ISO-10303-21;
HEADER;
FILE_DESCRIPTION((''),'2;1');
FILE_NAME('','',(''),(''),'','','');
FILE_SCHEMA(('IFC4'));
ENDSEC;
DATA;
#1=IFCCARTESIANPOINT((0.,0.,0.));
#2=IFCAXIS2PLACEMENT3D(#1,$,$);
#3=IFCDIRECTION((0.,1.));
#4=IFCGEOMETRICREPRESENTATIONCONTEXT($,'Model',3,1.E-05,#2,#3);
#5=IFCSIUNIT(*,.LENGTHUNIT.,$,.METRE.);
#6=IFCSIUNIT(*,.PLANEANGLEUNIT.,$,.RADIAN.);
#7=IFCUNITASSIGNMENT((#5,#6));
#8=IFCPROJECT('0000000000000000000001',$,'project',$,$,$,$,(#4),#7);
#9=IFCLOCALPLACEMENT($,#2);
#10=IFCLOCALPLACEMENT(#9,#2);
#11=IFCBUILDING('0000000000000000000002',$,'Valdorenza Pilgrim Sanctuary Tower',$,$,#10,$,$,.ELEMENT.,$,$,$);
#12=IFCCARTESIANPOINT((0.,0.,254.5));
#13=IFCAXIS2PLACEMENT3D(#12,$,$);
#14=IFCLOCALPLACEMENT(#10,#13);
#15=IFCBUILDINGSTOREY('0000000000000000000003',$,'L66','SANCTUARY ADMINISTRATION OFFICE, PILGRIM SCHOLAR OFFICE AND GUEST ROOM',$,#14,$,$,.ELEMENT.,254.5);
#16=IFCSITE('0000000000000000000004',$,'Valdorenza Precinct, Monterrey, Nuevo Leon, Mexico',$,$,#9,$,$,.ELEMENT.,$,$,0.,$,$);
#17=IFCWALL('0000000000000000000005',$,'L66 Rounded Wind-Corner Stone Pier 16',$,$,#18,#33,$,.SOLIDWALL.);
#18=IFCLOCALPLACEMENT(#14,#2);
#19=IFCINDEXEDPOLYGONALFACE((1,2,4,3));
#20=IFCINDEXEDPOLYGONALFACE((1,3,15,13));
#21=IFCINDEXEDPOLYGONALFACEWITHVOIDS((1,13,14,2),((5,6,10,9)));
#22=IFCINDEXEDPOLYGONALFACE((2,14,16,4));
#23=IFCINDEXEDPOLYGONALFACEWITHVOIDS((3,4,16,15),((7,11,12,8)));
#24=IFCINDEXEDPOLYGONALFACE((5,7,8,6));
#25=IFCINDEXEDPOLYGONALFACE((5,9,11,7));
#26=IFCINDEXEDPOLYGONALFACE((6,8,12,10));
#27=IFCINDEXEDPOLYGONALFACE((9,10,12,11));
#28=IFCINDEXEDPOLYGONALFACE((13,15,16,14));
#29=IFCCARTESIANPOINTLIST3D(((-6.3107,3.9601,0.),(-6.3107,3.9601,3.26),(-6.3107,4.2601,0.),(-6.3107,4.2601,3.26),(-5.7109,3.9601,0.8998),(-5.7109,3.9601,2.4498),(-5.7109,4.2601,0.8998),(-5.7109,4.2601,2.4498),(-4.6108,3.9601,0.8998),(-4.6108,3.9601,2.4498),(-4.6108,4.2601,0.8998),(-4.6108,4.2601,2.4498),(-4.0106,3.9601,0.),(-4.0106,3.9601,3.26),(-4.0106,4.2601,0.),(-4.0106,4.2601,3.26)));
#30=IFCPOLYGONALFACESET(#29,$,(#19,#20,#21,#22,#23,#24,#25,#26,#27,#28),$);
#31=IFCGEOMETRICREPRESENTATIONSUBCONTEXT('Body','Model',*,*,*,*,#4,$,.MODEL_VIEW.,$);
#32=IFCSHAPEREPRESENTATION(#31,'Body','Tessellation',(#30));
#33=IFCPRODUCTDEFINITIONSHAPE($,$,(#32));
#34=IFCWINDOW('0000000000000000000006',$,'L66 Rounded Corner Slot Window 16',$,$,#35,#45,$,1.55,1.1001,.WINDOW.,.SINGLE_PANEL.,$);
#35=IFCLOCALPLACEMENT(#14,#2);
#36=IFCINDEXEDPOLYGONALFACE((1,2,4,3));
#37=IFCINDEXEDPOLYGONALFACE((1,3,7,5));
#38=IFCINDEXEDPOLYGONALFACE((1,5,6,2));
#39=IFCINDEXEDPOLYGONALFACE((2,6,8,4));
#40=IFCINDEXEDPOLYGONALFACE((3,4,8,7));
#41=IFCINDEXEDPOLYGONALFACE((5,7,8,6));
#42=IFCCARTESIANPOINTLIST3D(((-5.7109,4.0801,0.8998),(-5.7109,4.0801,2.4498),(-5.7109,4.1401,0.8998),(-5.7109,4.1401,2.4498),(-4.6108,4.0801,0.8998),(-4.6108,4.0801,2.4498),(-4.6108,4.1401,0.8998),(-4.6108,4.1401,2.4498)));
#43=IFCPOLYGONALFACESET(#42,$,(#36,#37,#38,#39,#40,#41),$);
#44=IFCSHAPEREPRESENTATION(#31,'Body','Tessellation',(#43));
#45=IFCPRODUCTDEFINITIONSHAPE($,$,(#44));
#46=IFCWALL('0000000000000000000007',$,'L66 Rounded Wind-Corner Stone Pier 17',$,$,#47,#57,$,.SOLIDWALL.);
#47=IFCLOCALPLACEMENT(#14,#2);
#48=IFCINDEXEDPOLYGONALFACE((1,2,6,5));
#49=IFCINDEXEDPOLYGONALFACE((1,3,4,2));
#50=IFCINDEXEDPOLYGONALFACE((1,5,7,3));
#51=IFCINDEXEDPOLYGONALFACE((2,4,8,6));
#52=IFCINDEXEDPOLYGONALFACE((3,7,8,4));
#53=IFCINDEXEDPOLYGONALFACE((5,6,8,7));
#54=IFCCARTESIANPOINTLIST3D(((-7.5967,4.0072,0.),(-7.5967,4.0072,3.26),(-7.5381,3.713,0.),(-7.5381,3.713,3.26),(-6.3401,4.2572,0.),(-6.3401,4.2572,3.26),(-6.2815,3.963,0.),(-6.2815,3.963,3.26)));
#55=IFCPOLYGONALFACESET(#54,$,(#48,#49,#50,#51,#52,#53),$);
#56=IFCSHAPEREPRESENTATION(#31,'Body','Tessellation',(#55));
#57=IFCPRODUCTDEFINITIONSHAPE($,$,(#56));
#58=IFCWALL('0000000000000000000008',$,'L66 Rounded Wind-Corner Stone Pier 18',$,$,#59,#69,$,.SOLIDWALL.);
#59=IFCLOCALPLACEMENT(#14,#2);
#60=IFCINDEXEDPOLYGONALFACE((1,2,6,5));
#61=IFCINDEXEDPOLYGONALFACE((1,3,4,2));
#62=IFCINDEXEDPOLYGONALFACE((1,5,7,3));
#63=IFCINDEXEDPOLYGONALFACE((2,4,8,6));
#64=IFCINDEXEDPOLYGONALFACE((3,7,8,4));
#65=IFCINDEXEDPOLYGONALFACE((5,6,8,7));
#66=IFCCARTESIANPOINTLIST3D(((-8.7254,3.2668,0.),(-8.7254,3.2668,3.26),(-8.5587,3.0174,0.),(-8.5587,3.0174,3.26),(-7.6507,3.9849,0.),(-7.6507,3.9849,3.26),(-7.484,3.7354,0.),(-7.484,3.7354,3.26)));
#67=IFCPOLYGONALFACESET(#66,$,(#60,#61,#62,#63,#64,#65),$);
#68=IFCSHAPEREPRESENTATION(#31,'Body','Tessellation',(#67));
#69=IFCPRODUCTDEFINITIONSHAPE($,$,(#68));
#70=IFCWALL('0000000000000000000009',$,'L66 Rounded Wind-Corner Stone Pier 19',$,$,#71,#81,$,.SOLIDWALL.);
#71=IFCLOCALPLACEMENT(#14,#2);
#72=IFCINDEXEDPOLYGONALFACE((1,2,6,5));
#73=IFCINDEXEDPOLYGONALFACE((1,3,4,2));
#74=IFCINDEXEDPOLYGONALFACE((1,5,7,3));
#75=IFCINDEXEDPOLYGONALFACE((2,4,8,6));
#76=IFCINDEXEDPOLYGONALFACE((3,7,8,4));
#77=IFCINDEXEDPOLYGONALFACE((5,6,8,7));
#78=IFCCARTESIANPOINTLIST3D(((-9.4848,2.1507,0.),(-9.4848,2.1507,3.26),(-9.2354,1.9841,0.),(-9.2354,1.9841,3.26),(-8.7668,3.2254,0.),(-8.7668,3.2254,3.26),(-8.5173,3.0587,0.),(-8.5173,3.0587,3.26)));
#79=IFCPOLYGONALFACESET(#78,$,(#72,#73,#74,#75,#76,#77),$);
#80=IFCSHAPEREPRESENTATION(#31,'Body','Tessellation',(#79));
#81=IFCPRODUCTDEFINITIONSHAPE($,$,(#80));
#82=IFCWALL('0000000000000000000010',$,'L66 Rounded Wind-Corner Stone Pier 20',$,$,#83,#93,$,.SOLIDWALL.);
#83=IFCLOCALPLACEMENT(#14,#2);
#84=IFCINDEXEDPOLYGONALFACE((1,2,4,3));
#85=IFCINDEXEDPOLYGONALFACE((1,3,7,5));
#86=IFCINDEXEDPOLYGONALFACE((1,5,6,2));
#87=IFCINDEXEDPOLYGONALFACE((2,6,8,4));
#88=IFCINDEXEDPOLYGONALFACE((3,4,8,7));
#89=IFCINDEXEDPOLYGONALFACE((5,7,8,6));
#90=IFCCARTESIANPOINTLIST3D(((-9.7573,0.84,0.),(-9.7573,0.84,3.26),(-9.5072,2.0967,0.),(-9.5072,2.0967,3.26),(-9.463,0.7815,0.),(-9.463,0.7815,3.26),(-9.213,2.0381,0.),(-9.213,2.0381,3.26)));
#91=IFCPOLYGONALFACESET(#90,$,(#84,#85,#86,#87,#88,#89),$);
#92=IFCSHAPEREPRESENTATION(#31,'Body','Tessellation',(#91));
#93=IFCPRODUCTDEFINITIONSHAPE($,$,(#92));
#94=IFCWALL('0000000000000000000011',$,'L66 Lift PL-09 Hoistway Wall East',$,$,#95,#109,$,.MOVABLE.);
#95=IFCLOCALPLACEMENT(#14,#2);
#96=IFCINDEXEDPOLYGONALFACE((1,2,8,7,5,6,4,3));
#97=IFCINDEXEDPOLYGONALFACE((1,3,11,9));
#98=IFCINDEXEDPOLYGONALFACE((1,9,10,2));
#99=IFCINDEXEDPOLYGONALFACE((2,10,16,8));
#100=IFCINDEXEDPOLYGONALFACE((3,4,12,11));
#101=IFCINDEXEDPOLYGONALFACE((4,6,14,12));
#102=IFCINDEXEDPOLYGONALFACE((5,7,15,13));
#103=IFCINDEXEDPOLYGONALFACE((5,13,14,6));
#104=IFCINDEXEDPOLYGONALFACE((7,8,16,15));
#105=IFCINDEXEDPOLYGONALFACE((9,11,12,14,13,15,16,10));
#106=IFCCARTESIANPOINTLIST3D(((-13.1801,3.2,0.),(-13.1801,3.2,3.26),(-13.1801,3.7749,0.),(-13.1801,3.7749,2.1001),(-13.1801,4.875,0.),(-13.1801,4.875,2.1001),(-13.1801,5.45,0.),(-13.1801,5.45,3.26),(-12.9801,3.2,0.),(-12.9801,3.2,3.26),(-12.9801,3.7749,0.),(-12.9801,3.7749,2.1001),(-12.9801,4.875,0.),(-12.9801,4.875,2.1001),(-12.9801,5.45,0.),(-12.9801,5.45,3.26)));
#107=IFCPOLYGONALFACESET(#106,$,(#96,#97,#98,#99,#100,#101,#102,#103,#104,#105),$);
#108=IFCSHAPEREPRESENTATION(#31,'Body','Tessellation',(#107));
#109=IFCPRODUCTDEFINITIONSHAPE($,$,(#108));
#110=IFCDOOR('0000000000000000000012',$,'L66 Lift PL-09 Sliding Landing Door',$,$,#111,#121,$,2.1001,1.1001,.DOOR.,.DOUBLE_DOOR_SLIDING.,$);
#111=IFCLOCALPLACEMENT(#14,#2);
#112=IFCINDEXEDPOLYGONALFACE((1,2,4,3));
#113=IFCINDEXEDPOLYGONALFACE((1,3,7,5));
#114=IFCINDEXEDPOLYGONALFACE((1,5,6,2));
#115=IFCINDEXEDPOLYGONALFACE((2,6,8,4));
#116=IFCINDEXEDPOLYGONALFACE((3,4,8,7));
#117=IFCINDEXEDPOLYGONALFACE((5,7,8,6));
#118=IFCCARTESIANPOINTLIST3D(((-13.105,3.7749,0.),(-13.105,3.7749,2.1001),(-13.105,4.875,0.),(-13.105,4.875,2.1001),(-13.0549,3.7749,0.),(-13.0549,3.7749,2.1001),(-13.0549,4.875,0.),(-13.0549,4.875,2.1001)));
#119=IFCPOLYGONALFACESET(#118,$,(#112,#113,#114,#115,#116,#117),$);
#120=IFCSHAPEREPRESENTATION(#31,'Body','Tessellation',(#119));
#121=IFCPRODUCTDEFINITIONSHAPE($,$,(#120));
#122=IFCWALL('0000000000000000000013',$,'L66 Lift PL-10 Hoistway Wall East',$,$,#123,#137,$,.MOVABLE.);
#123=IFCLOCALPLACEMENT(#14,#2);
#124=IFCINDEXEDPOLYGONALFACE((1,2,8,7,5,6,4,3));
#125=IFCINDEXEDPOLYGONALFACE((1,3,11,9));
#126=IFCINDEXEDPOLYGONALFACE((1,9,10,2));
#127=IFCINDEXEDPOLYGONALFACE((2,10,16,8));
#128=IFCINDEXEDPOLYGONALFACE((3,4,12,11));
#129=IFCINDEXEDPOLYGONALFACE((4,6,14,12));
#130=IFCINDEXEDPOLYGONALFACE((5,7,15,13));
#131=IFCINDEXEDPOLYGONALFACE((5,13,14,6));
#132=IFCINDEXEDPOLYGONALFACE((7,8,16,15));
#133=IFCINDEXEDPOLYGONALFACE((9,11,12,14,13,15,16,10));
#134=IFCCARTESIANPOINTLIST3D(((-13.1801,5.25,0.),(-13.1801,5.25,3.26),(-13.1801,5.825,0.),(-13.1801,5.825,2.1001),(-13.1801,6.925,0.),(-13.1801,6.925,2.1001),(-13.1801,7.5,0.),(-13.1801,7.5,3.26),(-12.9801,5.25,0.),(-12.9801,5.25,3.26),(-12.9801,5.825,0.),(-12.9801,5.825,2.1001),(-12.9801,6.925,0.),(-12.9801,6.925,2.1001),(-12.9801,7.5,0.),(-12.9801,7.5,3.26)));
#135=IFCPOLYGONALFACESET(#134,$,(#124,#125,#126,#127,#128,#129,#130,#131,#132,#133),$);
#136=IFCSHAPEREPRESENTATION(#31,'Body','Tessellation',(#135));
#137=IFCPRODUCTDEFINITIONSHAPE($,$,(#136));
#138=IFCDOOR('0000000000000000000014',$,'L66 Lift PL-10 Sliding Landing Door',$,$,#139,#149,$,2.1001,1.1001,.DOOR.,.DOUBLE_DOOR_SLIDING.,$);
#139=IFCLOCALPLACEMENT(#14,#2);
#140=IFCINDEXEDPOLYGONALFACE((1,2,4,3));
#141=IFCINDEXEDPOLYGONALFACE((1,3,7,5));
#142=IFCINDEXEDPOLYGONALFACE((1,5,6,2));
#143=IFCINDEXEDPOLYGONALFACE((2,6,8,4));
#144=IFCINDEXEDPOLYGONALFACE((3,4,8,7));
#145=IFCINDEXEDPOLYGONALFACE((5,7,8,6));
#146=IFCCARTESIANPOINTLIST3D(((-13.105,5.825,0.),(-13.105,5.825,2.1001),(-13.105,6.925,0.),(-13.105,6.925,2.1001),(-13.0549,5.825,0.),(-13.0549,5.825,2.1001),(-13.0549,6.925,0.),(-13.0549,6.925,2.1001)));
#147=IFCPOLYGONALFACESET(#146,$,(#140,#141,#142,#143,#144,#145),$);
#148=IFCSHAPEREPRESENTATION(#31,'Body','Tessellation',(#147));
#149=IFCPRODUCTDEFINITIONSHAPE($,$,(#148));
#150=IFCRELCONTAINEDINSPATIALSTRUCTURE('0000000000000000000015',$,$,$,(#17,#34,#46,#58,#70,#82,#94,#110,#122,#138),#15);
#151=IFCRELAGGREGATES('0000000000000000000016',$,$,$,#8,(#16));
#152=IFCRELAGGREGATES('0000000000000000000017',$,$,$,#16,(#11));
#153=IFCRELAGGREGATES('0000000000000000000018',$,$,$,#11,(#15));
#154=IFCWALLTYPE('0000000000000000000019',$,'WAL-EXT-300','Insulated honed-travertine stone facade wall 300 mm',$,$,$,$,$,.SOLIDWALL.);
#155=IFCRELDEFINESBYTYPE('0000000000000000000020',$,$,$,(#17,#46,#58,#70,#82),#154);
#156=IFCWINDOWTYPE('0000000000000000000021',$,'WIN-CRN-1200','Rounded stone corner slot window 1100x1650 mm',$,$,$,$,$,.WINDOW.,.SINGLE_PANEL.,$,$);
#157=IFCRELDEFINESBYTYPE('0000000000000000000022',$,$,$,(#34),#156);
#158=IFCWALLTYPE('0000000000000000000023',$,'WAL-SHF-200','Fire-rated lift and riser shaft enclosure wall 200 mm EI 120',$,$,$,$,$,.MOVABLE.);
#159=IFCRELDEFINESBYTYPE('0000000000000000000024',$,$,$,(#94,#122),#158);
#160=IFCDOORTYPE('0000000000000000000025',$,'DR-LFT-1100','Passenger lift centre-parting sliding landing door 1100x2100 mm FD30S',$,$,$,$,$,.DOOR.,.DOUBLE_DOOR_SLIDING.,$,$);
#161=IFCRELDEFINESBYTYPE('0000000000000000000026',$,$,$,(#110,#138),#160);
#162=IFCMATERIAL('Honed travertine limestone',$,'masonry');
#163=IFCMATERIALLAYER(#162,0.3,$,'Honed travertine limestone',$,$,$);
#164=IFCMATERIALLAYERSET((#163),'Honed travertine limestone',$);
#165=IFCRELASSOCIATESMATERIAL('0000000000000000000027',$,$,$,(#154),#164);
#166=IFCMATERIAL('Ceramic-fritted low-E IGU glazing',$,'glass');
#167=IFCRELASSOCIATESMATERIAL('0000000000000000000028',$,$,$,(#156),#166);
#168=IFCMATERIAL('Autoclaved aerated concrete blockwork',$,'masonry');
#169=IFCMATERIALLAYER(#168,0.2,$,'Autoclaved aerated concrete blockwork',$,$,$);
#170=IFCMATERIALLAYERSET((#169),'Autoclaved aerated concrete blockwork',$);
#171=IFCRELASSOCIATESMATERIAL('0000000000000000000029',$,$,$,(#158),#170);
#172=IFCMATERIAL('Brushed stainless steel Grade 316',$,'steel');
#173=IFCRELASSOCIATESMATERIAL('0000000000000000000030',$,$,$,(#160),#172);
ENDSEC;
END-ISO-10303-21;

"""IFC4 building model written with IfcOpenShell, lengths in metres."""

from ifc_helpers import new_model, si_unit, direction, frame, frame_2d, origin, place, context, subcontext, project, spatial, rectangle, extrude, material, layer, layer_set, type_object, element, fill, save


model = new_model("IFC4")

# Units and contexts
model_context = context("Model", 3, precision=1e-05, world=origin(), true_north=direction((0.0, 1.0)))
body_context = subcontext(model_context, "Body", "Model", "MODEL_VIEW")
ifc_project = project(units=[si_unit("LENGTHUNIT", "METRE"), si_unit("PLANEANGLEUNIT", "RADIAN")], contexts=[model_context])

# Site, building, storey
site_placement = place(None, origin())
site = spatial("IfcSite", under=ifc_project, at=site_placement, Name="Valdorenza Precinct, Monterrey, Nuevo Leon, Mexico", CompositionType="ELEMENT", RefElevation=0.0)
building_placement = place(site_placement, origin())
building = spatial("IfcBuilding", under=site, at=building_placement, Name="Valdorenza Pilgrim Sanctuary Tower", CompositionType="ELEMENT")
storey_placement = place(building_placement, frame((0.0, 0.0, 254.5)))
storey = spatial("IfcBuildingStorey", under=building, at=storey_placement, Name="L66", Description="SANCTUARY ADMINISTRATION OFFICE, PILGRIM SCHOLAR OFFICE AND GUEST ROOM", CompositionType="ELEMENT", Elevation=254.5)

# Shared definitions
ifc_material_1 = material(Name="Ceramic-fritted low-E IGU glazing", Category="glass")

# Shared definitions
ifc_material_2 = material(Name="Honed travertine limestone", Category="masonry")
ifc_layer_1 = layer(ifc_material_2, 0.3, Name="Honed travertine limestone")
ifc_layer_set_1 = layer_set([ifc_layer_1], Name="Honed travertine limestone")
wall_type_1 = type_object("IfcWallType", Name="WAL-EXT-300", Description="Insulated honed-travertine stone facade wall 300 mm", PredefinedType="SOLIDWALL", material=ifc_layer_set_1)

# Wall, opening, window
wall_1_placement = place(storey_placement, frame((-4.0107, 4.1101, 0.0), z_axis=(0.0, 0.0, 1.0), x_axis=(-1.0, 0.0, 0.0)))
wall_1 = element("IfcWall", 1, at=wall_1_placement, inside=storey, type_object=wall_type_1, Name="L66 Rounded Wind-Corner Stone Pier 16", PredefinedType="SOLIDWALL", context=body_context, shape_type="SweptSolid", body=[
    extrude(rectangle(XDim=2.3, YDim=0.3, at=frame_2d((1.1499, 0.0))), origin(), (0.0, 0.0, 1.0), 3.26),
])
opening_1_placement = place(wall_1_placement, frame((0.6001, 0.0, 0.8999)))
opening_1 = element("IfcOpeningElement", 2, at=opening_1_placement, cuts=wall_1, PredefinedType="OPENING", context=body_context, shape_type="SweptSolid", body=[
    extrude(rectangle(XDim=1.1001, YDim=1.55, at=frame_2d((0.55, 0.7749))), frame((0.0, 0.165, 0.0), z_axis=(0.0, -1.0, 0.0), x_axis=(1.0, 0.0, 0.0)), (0.0, 0.0, 1.0), 0.3298),
])
window_type = type_object("IfcWindowType", Name="WIN-CRN-1200", Description="Rounded stone corner slot window 1100x1650 mm", PartitioningType="SINGLE_PANEL", PredefinedType="WINDOW", material=ifc_material_1)
window_placement = place(opening_1_placement, origin())
window = element("IfcWindow", 3, at=window_placement, inside=storey, type_object=window_type, Name="L66 Rounded Corner Slot Window 16", OverallHeight=1.55, OverallWidth=1.1001, PartitioningType="SINGLE_PANEL", PredefinedType="WINDOW", context=body_context, shape_type="SweptSolid", body=[
    extrude(rectangle(XDim=1.1001, YDim=1.55, at=frame_2d((0.55, 0.7749))), frame((0.0, 0.03, 0.0), z_axis=(0.0, -1.0, 0.0), x_axis=(1.0, 0.0, 0.0)), (0.0, 0.0, 1.0), 0.0601),
])
fill(opening_1, window)

# Walls
wall_2_placement = place(storey_placement, frame((-6.3108, 4.1101, 0.0), z_axis=(0.0, 0.0, 1.0), x_axis=(-0.980778, -0.195127, 0.0)))
element("IfcWall", 4, at=wall_2_placement, inside=storey, type_object=wall_type_1, Name="L66 Rounded Wind-Corner Stone Pier 17", PredefinedType="SOLIDWALL", context=body_context, shape_type="SweptSolid", body=[
    extrude(rectangle(XDim=1.2812, YDim=0.3, at=frame_2d((0.6406, 0.0))), origin(), (0.0, 0.0, 1.0), 3.26),
])
for number, where, z_axis, x_axis, name in (
    (5, (-7.5674, 3.8601, 0.0), (0.0, 0.0, 1.0), (-0.831498, -0.555528, 0.0), "L66 Rounded Wind-Corner Stone Pier 18"),
    (6, (-8.6421, 3.1421, 0.0), (0.0, 0.0, 1.0), (-0.555528, -0.831498, 0.0), "L66 Rounded Wind-Corner Stone Pier 19"),
):
    element("IfcWall", number, at=place(storey_placement, frame(where, z_axis=z_axis, x_axis=x_axis)), inside=storey, type_object=wall_type_1, Name=name, PredefinedType="SOLIDWALL", context=body_context, shape_type="SweptSolid", body=[
        extrude(rectangle(XDim=1.2925, YDim=0.3, at=frame_2d((0.6462, 0.0))), origin(), (0.0, 0.0, 1.0), 3.26),
    ])
wall_3_placement = place(storey_placement, frame((-9.3601, 2.0674, 0.0), z_axis=(0.0, 0.0, 1.0), x_axis=(-0.195127, -0.980778, 0.0)))
element("IfcWall", 7, at=wall_3_placement, inside=storey, type_object=wall_type_1, Name="L66 Rounded Wind-Corner Stone Pier 20", PredefinedType="SOLIDWALL", context=body_context, shape_type="SweptSolid", body=[
    extrude(rectangle(XDim=1.2812, YDim=0.3, at=frame_2d((0.6406, 0.0))), origin(), (0.0, 0.0, 1.0), 3.26),
])

# Walls, openings, doors
ifc_material_3 = material(Name="Autoclaved aerated concrete blockwork", Category="masonry")
ifc_layer_2 = layer(ifc_material_3, 0.2, Name="Autoclaved aerated concrete blockwork")
ifc_layer_set_2 = layer_set([ifc_layer_2], Name="Autoclaved aerated concrete blockwork")
wall_type_2 = type_object("IfcWallType", Name="WAL-SHF-200", Description="Fire-rated lift and riser shaft enclosure wall 200 mm EI 120", PredefinedType="MOVABLE", material=ifc_layer_set_2)
wall_4_placement = place(storey_placement, frame((-13.0801, 3.2, 0.0), z_axis=(0.0, 0.0, 1.0), x_axis=(0.0, 1.0, 0.0)))
wall_4 = element("IfcWall", 8, at=wall_4_placement, inside=storey, type_object=wall_type_2, Name="L66 Lift PL-09 Hoistway Wall East", PredefinedType="MOVABLE", context=body_context, shape_type="SweptSolid", body=[
    extrude(rectangle(XDim=2.25, YDim=0.2, at=frame_2d((1.125, 0.0))), origin(), (0.0, 0.0, 1.0), 3.26),
])
opening_2_placement = place(wall_4_placement, frame((0.575, 0.0, 0.0)))
opening_2 = element("IfcOpeningElement", 9, at=opening_2_placement, cuts=wall_4, PredefinedType="OPENING", context=body_context, shape_type="SweptSolid", body=[
    extrude(rectangle(XDim=1.1001, YDim=2.1001, at=frame_2d((0.55, 1.05))), frame((0.0, 0.1147, 0.0), z_axis=(0.0, -1.0, 0.0), x_axis=(1.0, 0.0, 0.0)), (0.0, 0.0, 1.0), 0.2297),
])
ifc_material_4 = material(Name="Brushed stainless steel Grade 316", Category="steel")
door_type_1 = type_object("IfcDoorType", Name="DR-LFT-1100", Description="Passenger lift centre-parting sliding landing door 1100x2100 mm FD30S", OperationType="DOUBLE_DOOR_SLIDING", PredefinedType="DOOR", material=ifc_material_4)
door_1_placement = place(opening_2_placement, origin())
door_1 = element("IfcDoor", 10, at=door_1_placement, inside=storey, type_object=door_type_1, Name="L66 Lift PL-09 Sliding Landing Door", OperationType="DOUBLE_DOOR_SLIDING", OverallHeight=2.1001, OverallWidth=1.1001, PredefinedType="DOOR", context=body_context, shape_type="SweptSolid", body=[
    extrude(rectangle(XDim=1.1001, YDim=2.1001, at=frame_2d((0.55, 1.05))), frame((0.0, 0.0249, 0.0), z_axis=(0.0, -1.0, 0.0), x_axis=(1.0, 0.0, 0.0)), (0.0, 0.0, 1.0), 0.05),
])
fill(opening_2, door_1)
wall_5_placement = place(storey_placement, frame((-13.0801, 5.25, 0.0), z_axis=(0.0, 0.0, 1.0), x_axis=(0.0, 1.0, 0.0)))
wall_5 = element("IfcWall", 11, at=wall_5_placement, inside=storey, type_object=wall_type_2, Name="L66 Lift PL-10 Hoistway Wall East", PredefinedType="MOVABLE", context=body_context, shape_type="SweptSolid", body=[
    extrude(rectangle(XDim=2.25, YDim=0.2, at=frame_2d((1.125, 0.0))), origin(), (0.0, 0.0, 1.0), 3.26),
])
opening_3_placement = place(wall_5_placement, frame((0.575, 0.0, 0.0)))
opening_3 = element("IfcOpeningElement", 12, at=opening_3_placement, cuts=wall_5, PredefinedType="OPENING", context=body_context, shape_type="SweptSolid", body=[
    extrude(rectangle(XDim=1.1001, YDim=2.1001, at=frame_2d((0.55, 1.05))), frame((0.0, 0.1147, 0.0), z_axis=(0.0, -1.0, 0.0), x_axis=(1.0, 0.0, 0.0)), (0.0, 0.0, 1.0), 0.2297),
])
door_2_placement = place(opening_3_placement, origin())
door_2 = element("IfcDoor", 13, at=door_2_placement, inside=storey, type_object=door_type_1, Name="L66 Lift PL-10 Sliding Landing Door", OperationType="DOUBLE_DOOR_SLIDING", OverallHeight=2.1001, OverallWidth=1.1001, PredefinedType="DOOR", context=body_context, shape_type="SweptSolid", body=[
    extrude(rectangle(XDim=1.1001, YDim=2.1001, at=frame_2d((0.55, 1.05))), frame((0.0, 0.0249, 0.0), z_axis=(0.0, -1.0, 0.0), x_axis=(1.0, 0.0, 0.0)), (0.0, 0.0, 1.0), 0.05),
])
fill(opening_3, door_2)

save(model, "model.ifc")
